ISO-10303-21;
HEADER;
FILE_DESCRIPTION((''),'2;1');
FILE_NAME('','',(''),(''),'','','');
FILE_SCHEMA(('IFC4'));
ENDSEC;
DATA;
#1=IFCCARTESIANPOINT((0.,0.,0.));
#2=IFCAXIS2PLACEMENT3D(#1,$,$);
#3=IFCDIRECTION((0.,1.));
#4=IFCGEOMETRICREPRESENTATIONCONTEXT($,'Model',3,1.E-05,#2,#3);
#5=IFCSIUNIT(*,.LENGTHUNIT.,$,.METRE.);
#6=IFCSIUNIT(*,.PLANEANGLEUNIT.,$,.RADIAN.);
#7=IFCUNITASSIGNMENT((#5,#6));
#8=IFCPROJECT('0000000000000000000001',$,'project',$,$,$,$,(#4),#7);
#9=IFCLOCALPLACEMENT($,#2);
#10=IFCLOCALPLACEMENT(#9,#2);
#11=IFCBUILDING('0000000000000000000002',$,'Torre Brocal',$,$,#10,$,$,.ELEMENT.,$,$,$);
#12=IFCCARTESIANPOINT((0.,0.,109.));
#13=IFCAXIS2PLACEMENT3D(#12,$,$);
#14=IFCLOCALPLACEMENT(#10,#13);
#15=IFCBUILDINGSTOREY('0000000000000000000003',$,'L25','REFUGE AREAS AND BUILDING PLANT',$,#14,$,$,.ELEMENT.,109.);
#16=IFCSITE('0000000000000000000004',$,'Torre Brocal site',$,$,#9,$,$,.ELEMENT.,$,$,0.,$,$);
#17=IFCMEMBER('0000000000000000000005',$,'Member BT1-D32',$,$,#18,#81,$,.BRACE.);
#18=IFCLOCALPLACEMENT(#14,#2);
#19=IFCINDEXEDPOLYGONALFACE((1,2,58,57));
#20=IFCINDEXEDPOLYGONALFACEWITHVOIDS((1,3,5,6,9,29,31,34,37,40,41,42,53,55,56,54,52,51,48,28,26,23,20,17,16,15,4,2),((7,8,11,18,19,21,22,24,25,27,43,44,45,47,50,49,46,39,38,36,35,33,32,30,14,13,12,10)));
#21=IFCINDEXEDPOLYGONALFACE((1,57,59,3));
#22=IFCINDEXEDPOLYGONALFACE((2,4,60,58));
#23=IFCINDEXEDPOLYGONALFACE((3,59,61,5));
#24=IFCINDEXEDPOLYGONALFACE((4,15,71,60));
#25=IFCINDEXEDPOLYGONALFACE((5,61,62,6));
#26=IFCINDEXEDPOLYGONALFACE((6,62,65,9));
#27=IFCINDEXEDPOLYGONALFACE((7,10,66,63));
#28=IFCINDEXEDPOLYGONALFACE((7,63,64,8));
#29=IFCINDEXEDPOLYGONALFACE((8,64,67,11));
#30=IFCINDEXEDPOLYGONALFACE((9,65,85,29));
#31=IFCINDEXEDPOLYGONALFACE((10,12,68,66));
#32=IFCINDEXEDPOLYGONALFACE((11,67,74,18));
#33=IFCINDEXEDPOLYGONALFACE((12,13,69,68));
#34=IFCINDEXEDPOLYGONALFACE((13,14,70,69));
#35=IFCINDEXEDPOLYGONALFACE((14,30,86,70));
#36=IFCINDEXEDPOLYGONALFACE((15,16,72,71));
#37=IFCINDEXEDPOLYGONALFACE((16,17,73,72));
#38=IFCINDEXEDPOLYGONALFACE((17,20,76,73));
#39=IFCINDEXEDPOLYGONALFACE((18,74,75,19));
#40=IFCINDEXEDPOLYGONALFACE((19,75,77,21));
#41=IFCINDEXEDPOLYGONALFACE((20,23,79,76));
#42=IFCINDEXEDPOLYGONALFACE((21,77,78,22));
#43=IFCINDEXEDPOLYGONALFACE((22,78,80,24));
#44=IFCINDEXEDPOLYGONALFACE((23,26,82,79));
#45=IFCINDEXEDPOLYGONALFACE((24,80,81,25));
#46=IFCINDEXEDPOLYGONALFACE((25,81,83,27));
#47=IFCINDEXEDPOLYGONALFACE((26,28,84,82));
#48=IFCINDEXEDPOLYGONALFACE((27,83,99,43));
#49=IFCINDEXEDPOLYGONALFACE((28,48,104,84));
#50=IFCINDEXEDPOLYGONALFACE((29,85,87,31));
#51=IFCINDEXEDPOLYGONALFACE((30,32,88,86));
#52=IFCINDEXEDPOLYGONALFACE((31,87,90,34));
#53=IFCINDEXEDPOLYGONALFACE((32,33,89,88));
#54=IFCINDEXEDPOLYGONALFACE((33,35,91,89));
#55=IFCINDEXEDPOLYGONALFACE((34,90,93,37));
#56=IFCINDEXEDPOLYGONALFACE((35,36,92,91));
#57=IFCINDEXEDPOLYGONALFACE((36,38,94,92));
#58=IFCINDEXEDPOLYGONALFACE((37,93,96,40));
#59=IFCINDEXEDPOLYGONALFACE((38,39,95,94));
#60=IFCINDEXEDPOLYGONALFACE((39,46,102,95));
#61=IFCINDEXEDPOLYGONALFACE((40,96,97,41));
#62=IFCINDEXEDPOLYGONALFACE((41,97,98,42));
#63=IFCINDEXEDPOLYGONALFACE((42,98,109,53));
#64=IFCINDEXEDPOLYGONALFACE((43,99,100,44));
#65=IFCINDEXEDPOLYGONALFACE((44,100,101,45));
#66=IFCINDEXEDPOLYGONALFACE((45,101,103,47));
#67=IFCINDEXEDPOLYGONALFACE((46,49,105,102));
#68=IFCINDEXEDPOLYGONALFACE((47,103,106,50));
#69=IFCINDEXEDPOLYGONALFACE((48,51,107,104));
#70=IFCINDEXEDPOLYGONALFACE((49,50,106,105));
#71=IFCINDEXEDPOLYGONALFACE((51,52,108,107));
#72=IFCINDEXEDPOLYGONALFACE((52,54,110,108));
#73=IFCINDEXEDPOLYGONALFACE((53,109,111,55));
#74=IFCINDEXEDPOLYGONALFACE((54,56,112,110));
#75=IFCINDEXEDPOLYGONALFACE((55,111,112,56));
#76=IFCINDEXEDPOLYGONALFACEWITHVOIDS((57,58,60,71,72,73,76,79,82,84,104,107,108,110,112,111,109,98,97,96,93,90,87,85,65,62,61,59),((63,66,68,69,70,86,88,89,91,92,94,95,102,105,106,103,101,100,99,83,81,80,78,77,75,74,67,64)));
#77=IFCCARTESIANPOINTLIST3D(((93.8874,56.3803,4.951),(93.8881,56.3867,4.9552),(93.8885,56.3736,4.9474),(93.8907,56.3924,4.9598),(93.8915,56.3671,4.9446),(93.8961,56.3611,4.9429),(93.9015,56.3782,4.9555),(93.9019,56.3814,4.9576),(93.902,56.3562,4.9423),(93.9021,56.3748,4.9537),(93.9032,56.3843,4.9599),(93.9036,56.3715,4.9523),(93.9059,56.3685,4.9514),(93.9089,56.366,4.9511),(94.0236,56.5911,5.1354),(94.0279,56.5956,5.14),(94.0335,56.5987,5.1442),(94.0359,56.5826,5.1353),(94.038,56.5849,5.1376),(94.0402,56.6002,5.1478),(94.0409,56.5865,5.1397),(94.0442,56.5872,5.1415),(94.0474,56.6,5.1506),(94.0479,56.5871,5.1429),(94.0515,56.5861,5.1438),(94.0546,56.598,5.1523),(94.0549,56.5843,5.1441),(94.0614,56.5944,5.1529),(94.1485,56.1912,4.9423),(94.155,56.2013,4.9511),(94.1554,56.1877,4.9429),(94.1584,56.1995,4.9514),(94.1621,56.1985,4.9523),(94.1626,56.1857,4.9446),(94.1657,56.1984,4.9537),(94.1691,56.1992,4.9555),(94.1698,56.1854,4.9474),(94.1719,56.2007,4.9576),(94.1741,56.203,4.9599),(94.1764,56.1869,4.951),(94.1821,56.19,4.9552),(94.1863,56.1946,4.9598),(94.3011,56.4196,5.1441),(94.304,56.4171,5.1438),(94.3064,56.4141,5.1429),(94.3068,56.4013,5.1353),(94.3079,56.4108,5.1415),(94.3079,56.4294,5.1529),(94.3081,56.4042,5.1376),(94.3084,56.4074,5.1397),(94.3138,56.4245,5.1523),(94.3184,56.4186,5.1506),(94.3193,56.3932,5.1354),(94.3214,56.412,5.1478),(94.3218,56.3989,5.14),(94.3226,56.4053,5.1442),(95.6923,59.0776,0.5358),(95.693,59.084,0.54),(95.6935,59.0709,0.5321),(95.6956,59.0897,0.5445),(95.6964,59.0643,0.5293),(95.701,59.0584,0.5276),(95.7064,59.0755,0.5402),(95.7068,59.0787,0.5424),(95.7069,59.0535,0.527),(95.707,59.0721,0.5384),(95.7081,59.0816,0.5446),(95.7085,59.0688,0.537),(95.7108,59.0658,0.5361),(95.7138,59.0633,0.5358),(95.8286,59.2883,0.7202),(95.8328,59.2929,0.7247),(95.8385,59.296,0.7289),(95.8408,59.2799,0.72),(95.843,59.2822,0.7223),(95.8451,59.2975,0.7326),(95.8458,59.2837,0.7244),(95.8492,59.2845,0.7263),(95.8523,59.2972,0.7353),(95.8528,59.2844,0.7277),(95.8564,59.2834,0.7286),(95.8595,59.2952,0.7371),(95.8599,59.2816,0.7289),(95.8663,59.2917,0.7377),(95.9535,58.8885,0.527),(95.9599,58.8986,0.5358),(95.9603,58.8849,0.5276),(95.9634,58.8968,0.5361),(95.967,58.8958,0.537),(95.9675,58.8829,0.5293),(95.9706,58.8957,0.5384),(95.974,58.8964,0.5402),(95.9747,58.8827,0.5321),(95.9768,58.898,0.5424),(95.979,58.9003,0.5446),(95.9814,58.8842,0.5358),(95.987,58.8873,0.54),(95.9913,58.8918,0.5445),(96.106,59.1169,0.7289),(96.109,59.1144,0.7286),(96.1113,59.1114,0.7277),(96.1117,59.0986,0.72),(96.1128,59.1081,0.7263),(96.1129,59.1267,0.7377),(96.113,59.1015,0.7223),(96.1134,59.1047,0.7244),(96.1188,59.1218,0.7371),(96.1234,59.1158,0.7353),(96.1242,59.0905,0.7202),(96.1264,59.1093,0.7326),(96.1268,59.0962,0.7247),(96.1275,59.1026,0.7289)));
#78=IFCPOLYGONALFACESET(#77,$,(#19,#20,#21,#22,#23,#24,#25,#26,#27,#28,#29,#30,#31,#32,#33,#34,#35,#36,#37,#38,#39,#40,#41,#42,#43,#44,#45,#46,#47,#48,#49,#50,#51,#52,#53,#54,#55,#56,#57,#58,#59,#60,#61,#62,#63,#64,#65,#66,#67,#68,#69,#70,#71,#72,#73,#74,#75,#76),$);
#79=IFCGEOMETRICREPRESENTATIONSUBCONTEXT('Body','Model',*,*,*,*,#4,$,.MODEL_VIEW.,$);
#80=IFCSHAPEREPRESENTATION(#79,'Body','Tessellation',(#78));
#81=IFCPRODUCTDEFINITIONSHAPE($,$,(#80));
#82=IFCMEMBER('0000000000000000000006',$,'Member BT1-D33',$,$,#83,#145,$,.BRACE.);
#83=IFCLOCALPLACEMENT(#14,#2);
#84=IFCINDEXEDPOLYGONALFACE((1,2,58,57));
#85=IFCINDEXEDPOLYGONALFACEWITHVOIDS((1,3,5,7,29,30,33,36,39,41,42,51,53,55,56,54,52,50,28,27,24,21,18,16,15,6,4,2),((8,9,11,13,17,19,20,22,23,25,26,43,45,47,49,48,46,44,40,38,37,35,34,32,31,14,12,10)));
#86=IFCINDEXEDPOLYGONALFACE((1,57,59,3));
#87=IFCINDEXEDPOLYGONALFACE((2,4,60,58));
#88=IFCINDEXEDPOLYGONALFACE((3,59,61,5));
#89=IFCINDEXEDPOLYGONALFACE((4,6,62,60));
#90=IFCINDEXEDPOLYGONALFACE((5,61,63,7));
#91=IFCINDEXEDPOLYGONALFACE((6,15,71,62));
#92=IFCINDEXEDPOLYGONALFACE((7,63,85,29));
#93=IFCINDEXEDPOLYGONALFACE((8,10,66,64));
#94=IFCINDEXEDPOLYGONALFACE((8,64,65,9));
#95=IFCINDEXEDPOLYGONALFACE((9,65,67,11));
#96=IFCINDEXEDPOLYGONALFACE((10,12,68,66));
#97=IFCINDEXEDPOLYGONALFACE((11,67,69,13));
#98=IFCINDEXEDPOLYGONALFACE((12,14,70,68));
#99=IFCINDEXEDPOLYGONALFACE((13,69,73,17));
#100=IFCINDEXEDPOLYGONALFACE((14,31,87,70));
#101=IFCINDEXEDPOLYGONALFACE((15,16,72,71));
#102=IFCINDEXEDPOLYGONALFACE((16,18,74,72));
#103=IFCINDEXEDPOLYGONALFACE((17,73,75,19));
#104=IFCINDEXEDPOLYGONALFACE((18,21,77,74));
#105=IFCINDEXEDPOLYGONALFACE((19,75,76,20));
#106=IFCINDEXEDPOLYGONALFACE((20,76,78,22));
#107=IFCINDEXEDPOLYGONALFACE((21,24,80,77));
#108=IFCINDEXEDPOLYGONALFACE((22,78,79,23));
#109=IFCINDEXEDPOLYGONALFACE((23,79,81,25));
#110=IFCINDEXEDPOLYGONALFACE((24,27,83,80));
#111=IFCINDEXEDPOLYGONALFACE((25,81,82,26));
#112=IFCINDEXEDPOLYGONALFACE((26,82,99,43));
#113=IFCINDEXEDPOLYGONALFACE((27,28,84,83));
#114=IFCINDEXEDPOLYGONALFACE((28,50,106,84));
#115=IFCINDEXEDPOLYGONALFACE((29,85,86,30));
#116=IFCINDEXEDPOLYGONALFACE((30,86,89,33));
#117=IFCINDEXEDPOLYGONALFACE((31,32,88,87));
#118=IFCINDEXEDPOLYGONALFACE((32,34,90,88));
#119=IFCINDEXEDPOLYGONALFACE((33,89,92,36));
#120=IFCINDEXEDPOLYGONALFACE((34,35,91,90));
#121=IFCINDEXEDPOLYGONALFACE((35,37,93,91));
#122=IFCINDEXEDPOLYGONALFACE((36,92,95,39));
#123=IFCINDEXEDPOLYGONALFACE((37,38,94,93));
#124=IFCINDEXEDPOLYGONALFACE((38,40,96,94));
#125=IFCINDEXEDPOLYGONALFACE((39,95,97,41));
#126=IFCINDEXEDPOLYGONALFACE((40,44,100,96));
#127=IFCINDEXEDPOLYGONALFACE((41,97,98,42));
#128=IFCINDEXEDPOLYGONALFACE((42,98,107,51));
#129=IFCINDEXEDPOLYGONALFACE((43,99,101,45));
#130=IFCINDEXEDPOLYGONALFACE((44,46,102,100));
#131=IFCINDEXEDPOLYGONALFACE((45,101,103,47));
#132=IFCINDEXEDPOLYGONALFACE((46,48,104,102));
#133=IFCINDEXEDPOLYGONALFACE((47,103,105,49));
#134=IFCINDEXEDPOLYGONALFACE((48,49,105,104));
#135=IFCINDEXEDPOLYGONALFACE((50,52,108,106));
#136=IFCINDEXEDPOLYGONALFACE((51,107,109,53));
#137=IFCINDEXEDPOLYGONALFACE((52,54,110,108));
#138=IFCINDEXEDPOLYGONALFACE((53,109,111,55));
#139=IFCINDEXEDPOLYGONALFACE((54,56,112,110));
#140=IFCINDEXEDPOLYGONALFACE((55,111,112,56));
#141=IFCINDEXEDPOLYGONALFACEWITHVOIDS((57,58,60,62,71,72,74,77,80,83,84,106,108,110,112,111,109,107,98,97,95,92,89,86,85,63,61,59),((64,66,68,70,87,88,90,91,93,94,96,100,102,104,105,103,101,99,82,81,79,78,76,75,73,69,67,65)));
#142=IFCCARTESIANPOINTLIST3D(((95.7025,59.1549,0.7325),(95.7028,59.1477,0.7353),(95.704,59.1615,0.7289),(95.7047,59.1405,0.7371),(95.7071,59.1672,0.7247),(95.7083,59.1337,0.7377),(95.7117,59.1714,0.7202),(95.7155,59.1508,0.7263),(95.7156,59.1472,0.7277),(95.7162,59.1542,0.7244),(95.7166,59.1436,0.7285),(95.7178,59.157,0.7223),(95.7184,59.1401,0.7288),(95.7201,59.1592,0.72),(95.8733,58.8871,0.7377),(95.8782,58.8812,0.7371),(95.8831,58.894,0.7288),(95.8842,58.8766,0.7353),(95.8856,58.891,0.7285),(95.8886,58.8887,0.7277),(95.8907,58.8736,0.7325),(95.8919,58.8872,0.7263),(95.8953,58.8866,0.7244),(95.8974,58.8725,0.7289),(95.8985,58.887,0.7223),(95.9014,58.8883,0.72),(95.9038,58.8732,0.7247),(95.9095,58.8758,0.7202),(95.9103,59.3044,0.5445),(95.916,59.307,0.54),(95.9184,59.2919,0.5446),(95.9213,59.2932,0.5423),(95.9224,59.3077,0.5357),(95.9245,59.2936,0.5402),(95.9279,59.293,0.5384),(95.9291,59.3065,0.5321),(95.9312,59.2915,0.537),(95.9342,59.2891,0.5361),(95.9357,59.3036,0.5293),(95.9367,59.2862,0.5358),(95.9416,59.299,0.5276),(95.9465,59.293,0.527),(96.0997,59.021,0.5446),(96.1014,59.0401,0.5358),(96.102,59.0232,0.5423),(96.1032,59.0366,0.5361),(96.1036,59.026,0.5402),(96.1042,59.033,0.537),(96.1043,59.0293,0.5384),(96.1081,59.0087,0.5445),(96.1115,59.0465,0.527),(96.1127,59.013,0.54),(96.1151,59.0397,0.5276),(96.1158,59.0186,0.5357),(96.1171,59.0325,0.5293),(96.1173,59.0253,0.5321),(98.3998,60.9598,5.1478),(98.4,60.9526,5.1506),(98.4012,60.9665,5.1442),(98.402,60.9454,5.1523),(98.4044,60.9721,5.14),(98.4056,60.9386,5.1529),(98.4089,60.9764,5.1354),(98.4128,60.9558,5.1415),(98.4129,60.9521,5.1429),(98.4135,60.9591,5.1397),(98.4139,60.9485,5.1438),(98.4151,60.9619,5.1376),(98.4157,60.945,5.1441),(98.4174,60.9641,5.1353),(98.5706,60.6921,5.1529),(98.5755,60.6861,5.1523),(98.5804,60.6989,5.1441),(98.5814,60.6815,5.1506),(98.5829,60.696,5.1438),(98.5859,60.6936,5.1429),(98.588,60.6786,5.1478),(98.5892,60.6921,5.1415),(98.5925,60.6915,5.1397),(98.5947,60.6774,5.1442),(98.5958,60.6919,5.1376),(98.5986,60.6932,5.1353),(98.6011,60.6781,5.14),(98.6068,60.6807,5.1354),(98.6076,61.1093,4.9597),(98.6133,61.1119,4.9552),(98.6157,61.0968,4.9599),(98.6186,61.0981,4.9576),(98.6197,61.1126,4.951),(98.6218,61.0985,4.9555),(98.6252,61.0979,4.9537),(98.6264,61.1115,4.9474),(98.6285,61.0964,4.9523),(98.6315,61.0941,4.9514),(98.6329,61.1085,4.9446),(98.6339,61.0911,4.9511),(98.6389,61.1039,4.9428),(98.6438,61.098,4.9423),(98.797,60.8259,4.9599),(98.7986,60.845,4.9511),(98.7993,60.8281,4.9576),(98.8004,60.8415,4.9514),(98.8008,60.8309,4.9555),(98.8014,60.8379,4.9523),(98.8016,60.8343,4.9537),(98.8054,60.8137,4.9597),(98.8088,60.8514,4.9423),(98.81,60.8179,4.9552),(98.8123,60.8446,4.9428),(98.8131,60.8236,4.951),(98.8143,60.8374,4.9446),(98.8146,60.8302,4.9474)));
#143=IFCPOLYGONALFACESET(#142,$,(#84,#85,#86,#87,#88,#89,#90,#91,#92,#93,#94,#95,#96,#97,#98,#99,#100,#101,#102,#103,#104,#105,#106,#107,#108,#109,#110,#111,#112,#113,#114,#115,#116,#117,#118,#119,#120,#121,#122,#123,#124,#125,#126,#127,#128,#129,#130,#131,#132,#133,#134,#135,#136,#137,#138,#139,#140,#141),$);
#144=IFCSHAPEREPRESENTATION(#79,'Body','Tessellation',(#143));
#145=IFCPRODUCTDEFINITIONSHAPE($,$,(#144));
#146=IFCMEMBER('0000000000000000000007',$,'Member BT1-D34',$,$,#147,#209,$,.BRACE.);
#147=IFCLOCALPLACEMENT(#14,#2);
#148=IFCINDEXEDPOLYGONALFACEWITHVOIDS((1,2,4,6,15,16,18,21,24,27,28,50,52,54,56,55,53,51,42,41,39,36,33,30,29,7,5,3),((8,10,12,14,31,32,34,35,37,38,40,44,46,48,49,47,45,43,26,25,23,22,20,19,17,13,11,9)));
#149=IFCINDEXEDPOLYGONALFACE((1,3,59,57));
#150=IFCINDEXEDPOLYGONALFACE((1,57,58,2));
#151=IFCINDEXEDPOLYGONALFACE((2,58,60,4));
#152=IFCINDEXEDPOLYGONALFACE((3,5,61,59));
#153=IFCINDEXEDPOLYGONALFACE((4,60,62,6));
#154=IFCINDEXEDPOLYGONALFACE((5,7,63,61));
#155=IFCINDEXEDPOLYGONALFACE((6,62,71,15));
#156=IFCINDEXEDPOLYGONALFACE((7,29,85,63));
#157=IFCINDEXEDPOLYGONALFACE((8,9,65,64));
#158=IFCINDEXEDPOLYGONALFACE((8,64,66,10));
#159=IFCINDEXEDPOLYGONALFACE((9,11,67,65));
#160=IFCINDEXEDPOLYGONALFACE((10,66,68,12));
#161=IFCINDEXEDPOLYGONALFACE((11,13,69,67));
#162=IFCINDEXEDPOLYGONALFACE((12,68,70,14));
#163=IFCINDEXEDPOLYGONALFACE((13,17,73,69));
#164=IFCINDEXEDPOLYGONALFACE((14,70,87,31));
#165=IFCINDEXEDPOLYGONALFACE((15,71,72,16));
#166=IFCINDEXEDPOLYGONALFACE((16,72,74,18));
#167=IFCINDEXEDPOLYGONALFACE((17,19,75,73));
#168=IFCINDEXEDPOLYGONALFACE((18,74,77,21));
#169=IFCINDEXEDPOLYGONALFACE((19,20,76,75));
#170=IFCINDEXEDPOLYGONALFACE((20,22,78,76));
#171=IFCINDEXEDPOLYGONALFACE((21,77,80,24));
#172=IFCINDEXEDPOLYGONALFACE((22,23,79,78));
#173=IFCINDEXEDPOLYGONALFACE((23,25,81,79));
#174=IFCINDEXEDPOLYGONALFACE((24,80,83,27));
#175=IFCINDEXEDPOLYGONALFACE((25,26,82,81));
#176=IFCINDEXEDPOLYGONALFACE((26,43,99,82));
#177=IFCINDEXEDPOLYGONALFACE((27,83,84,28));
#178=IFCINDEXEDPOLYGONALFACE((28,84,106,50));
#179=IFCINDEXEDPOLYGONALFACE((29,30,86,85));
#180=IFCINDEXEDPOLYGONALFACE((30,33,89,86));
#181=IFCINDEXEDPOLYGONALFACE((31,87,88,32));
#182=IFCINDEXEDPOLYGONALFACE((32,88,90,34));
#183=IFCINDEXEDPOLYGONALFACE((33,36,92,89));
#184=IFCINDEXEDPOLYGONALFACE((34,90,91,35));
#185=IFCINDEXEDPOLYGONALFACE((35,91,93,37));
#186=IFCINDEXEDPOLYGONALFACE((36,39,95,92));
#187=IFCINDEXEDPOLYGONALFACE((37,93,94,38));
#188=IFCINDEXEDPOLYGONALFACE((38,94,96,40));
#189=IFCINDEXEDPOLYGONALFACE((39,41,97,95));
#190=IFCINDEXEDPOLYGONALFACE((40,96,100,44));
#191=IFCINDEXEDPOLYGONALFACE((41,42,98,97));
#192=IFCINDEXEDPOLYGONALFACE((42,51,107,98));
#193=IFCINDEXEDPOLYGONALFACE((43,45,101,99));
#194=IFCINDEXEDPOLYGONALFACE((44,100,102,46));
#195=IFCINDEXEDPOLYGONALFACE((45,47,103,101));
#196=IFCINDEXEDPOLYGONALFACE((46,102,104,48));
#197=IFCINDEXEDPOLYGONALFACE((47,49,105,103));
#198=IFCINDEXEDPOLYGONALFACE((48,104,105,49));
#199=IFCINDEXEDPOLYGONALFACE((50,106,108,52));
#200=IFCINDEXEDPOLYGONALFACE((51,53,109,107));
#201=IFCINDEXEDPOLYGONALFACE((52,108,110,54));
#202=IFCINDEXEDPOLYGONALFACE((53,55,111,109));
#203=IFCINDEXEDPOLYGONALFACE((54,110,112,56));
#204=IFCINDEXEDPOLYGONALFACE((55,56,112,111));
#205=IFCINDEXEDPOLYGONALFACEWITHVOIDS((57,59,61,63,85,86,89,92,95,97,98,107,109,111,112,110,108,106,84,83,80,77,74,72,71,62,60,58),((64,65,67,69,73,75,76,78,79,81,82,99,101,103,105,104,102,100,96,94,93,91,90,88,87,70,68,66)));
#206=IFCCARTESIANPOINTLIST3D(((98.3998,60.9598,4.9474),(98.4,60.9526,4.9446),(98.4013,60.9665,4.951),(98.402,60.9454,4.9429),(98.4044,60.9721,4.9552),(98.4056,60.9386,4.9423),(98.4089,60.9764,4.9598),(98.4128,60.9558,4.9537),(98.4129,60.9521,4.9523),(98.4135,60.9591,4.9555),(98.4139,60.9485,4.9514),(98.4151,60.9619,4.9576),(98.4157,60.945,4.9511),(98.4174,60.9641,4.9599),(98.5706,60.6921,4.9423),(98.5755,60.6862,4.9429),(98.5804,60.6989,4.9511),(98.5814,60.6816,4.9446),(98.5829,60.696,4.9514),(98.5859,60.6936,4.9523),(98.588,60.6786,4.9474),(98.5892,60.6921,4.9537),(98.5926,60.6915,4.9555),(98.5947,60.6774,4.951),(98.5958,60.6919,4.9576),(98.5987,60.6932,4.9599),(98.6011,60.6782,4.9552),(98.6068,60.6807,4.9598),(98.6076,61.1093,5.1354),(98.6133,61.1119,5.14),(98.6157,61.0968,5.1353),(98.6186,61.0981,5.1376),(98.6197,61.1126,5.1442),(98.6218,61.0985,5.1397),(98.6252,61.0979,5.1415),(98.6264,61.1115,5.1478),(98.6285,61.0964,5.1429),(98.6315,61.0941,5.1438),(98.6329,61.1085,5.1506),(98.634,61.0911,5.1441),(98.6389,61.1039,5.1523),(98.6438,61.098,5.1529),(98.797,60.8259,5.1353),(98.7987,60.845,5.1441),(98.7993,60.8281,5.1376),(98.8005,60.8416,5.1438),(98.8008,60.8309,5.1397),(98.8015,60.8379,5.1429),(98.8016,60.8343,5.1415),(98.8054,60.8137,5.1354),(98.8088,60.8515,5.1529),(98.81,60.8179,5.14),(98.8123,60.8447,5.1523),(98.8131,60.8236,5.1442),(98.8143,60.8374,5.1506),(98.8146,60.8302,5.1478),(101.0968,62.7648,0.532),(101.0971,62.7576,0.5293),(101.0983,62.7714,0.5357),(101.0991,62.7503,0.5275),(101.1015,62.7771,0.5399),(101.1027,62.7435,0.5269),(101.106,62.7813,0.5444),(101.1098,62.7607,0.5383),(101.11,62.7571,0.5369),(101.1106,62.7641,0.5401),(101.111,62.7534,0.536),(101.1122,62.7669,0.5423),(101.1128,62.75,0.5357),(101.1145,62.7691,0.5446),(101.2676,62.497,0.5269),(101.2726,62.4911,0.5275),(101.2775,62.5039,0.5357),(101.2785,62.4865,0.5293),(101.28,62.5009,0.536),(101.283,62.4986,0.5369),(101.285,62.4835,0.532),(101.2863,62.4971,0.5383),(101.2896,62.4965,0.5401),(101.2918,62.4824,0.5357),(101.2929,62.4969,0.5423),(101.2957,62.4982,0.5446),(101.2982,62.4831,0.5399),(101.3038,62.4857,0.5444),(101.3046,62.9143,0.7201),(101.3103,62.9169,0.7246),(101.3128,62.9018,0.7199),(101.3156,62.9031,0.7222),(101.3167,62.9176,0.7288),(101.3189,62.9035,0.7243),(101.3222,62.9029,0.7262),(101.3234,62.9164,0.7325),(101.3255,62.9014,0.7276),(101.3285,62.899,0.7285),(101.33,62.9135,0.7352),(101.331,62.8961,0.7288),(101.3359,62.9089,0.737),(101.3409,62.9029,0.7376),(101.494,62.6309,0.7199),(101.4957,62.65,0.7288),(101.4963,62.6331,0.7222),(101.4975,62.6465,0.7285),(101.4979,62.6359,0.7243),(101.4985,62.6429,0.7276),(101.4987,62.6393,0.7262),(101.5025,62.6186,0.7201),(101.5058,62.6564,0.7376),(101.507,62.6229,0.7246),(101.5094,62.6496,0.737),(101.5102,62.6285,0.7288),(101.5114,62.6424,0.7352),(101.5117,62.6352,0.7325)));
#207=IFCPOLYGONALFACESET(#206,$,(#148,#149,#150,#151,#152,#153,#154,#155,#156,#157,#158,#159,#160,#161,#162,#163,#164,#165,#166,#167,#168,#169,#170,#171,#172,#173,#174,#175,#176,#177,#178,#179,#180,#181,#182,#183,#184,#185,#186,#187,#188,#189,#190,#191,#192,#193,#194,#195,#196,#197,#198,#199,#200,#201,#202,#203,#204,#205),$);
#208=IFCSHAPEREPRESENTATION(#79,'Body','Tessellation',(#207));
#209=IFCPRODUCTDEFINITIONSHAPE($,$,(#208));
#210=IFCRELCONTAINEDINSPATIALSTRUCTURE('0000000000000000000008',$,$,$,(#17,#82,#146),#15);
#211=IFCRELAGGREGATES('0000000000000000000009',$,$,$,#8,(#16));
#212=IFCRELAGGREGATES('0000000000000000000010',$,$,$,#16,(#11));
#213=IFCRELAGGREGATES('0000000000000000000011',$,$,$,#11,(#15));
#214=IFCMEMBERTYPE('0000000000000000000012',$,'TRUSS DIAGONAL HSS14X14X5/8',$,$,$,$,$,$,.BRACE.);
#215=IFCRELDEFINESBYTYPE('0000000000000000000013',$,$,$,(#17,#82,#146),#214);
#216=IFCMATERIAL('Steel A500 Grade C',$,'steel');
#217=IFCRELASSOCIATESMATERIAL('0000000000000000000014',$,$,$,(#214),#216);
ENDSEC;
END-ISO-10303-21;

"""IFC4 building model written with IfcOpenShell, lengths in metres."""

from ifc_helpers import new_model, si_unit, direction, frame, origin, origin_2d, place, context, subcontext, project, spatial, hollow_rectangle, extrude, material, material_profile, profile_set, type_object, element, save


model = new_model("IFC4")

# Units and contexts
model_context = context("Model", 3, precision=1e-05, world=origin(), true_north=direction((0.0, 1.0)))
body_context = subcontext(model_context, "Body", "Model", "MODEL_VIEW")
ifc_project = project(units=[si_unit("LENGTHUNIT", "METRE"), si_unit("PLANEANGLEUNIT", "RADIAN")], contexts=[model_context])

# Site, building, storey
site_placement = place(None, origin())
site = spatial("IfcSite", under=ifc_project, at=site_placement, Name="Torre Brocal site", CompositionType="ELEMENT", RefElevation=0.0)
building_placement = place(site_placement, origin())
building = spatial("IfcBuilding", under=site, at=building_placement, Name="Torre Brocal", CompositionType="ELEMENT")
storey_placement = place(building_placement, frame((0.0, 0.0, 109.0)))
storey = spatial("IfcBuildingStorey", under=building, at=storey_placement, Name="L25", Description="REFUGE AREAS AND BUILDING PLANT", CompositionType="ELEMENT", Elevation=109.0)

# Members
ifc_material_1 = material(Name="Steel A500 Grade C", Category="steel")
ifc_material_profile_1 = material_profile(ifc_material_1, hollow_rectangle(XDim=0.3557, YDim=0.3557, WallThickness=0.0149, InnerFilletRadius=0.0149, OuterFilletRadius=0.0295, at=origin_2d()), Name="HSS14X14X5/8")
ifc_profile_set_1 = profile_set([ifc_material_profile_1], Name="Steel A500 Grade C")
member_type_1 = type_object("IfcMemberType", Name="TRUSS DIAGONAL HSS14X14X5/8", PredefinedType="BRACE", material=ifc_profile_set_1)
for number, where, z_axis, x_axis, name in (
    (1, (94.105, 56.3928, 5.0476), (0.329382, 0.492224, -0.805744), (-0.831088, 0.55614, 0.0), "Member BT1-D32"),
    (2, (95.9099, 59.0901, 0.6323), (0.492224, 0.329382, 0.805744), (-0.55614, 0.831088, 0.0), "Member BT1-D33"),
    (3, (98.6072, 60.895, 5.0476), (0.49219, 0.329389, -0.805762), (-0.556175, 0.831065, 0.0), "Member BT1-D34"),
):
    element("IfcMember", number, at=place(storey_placement, frame(where, z_axis=z_axis, x_axis=x_axis)), inside=storey, type_object=member_type_1, Name=name, PredefinedType="BRACE", context=body_context, shape_type="SweptSolid", body=[
        extrude(hollow_rectangle(XDim=0.3557, YDim=0.3557, WallThickness=0.0149, InnerFilletRadius=0.0149, OuterFilletRadius=0.0295, at=origin_2d()), origin(), (0.0, 0.0, 1.0), 5.4797),
    ])

save(model, "model.ifc")
